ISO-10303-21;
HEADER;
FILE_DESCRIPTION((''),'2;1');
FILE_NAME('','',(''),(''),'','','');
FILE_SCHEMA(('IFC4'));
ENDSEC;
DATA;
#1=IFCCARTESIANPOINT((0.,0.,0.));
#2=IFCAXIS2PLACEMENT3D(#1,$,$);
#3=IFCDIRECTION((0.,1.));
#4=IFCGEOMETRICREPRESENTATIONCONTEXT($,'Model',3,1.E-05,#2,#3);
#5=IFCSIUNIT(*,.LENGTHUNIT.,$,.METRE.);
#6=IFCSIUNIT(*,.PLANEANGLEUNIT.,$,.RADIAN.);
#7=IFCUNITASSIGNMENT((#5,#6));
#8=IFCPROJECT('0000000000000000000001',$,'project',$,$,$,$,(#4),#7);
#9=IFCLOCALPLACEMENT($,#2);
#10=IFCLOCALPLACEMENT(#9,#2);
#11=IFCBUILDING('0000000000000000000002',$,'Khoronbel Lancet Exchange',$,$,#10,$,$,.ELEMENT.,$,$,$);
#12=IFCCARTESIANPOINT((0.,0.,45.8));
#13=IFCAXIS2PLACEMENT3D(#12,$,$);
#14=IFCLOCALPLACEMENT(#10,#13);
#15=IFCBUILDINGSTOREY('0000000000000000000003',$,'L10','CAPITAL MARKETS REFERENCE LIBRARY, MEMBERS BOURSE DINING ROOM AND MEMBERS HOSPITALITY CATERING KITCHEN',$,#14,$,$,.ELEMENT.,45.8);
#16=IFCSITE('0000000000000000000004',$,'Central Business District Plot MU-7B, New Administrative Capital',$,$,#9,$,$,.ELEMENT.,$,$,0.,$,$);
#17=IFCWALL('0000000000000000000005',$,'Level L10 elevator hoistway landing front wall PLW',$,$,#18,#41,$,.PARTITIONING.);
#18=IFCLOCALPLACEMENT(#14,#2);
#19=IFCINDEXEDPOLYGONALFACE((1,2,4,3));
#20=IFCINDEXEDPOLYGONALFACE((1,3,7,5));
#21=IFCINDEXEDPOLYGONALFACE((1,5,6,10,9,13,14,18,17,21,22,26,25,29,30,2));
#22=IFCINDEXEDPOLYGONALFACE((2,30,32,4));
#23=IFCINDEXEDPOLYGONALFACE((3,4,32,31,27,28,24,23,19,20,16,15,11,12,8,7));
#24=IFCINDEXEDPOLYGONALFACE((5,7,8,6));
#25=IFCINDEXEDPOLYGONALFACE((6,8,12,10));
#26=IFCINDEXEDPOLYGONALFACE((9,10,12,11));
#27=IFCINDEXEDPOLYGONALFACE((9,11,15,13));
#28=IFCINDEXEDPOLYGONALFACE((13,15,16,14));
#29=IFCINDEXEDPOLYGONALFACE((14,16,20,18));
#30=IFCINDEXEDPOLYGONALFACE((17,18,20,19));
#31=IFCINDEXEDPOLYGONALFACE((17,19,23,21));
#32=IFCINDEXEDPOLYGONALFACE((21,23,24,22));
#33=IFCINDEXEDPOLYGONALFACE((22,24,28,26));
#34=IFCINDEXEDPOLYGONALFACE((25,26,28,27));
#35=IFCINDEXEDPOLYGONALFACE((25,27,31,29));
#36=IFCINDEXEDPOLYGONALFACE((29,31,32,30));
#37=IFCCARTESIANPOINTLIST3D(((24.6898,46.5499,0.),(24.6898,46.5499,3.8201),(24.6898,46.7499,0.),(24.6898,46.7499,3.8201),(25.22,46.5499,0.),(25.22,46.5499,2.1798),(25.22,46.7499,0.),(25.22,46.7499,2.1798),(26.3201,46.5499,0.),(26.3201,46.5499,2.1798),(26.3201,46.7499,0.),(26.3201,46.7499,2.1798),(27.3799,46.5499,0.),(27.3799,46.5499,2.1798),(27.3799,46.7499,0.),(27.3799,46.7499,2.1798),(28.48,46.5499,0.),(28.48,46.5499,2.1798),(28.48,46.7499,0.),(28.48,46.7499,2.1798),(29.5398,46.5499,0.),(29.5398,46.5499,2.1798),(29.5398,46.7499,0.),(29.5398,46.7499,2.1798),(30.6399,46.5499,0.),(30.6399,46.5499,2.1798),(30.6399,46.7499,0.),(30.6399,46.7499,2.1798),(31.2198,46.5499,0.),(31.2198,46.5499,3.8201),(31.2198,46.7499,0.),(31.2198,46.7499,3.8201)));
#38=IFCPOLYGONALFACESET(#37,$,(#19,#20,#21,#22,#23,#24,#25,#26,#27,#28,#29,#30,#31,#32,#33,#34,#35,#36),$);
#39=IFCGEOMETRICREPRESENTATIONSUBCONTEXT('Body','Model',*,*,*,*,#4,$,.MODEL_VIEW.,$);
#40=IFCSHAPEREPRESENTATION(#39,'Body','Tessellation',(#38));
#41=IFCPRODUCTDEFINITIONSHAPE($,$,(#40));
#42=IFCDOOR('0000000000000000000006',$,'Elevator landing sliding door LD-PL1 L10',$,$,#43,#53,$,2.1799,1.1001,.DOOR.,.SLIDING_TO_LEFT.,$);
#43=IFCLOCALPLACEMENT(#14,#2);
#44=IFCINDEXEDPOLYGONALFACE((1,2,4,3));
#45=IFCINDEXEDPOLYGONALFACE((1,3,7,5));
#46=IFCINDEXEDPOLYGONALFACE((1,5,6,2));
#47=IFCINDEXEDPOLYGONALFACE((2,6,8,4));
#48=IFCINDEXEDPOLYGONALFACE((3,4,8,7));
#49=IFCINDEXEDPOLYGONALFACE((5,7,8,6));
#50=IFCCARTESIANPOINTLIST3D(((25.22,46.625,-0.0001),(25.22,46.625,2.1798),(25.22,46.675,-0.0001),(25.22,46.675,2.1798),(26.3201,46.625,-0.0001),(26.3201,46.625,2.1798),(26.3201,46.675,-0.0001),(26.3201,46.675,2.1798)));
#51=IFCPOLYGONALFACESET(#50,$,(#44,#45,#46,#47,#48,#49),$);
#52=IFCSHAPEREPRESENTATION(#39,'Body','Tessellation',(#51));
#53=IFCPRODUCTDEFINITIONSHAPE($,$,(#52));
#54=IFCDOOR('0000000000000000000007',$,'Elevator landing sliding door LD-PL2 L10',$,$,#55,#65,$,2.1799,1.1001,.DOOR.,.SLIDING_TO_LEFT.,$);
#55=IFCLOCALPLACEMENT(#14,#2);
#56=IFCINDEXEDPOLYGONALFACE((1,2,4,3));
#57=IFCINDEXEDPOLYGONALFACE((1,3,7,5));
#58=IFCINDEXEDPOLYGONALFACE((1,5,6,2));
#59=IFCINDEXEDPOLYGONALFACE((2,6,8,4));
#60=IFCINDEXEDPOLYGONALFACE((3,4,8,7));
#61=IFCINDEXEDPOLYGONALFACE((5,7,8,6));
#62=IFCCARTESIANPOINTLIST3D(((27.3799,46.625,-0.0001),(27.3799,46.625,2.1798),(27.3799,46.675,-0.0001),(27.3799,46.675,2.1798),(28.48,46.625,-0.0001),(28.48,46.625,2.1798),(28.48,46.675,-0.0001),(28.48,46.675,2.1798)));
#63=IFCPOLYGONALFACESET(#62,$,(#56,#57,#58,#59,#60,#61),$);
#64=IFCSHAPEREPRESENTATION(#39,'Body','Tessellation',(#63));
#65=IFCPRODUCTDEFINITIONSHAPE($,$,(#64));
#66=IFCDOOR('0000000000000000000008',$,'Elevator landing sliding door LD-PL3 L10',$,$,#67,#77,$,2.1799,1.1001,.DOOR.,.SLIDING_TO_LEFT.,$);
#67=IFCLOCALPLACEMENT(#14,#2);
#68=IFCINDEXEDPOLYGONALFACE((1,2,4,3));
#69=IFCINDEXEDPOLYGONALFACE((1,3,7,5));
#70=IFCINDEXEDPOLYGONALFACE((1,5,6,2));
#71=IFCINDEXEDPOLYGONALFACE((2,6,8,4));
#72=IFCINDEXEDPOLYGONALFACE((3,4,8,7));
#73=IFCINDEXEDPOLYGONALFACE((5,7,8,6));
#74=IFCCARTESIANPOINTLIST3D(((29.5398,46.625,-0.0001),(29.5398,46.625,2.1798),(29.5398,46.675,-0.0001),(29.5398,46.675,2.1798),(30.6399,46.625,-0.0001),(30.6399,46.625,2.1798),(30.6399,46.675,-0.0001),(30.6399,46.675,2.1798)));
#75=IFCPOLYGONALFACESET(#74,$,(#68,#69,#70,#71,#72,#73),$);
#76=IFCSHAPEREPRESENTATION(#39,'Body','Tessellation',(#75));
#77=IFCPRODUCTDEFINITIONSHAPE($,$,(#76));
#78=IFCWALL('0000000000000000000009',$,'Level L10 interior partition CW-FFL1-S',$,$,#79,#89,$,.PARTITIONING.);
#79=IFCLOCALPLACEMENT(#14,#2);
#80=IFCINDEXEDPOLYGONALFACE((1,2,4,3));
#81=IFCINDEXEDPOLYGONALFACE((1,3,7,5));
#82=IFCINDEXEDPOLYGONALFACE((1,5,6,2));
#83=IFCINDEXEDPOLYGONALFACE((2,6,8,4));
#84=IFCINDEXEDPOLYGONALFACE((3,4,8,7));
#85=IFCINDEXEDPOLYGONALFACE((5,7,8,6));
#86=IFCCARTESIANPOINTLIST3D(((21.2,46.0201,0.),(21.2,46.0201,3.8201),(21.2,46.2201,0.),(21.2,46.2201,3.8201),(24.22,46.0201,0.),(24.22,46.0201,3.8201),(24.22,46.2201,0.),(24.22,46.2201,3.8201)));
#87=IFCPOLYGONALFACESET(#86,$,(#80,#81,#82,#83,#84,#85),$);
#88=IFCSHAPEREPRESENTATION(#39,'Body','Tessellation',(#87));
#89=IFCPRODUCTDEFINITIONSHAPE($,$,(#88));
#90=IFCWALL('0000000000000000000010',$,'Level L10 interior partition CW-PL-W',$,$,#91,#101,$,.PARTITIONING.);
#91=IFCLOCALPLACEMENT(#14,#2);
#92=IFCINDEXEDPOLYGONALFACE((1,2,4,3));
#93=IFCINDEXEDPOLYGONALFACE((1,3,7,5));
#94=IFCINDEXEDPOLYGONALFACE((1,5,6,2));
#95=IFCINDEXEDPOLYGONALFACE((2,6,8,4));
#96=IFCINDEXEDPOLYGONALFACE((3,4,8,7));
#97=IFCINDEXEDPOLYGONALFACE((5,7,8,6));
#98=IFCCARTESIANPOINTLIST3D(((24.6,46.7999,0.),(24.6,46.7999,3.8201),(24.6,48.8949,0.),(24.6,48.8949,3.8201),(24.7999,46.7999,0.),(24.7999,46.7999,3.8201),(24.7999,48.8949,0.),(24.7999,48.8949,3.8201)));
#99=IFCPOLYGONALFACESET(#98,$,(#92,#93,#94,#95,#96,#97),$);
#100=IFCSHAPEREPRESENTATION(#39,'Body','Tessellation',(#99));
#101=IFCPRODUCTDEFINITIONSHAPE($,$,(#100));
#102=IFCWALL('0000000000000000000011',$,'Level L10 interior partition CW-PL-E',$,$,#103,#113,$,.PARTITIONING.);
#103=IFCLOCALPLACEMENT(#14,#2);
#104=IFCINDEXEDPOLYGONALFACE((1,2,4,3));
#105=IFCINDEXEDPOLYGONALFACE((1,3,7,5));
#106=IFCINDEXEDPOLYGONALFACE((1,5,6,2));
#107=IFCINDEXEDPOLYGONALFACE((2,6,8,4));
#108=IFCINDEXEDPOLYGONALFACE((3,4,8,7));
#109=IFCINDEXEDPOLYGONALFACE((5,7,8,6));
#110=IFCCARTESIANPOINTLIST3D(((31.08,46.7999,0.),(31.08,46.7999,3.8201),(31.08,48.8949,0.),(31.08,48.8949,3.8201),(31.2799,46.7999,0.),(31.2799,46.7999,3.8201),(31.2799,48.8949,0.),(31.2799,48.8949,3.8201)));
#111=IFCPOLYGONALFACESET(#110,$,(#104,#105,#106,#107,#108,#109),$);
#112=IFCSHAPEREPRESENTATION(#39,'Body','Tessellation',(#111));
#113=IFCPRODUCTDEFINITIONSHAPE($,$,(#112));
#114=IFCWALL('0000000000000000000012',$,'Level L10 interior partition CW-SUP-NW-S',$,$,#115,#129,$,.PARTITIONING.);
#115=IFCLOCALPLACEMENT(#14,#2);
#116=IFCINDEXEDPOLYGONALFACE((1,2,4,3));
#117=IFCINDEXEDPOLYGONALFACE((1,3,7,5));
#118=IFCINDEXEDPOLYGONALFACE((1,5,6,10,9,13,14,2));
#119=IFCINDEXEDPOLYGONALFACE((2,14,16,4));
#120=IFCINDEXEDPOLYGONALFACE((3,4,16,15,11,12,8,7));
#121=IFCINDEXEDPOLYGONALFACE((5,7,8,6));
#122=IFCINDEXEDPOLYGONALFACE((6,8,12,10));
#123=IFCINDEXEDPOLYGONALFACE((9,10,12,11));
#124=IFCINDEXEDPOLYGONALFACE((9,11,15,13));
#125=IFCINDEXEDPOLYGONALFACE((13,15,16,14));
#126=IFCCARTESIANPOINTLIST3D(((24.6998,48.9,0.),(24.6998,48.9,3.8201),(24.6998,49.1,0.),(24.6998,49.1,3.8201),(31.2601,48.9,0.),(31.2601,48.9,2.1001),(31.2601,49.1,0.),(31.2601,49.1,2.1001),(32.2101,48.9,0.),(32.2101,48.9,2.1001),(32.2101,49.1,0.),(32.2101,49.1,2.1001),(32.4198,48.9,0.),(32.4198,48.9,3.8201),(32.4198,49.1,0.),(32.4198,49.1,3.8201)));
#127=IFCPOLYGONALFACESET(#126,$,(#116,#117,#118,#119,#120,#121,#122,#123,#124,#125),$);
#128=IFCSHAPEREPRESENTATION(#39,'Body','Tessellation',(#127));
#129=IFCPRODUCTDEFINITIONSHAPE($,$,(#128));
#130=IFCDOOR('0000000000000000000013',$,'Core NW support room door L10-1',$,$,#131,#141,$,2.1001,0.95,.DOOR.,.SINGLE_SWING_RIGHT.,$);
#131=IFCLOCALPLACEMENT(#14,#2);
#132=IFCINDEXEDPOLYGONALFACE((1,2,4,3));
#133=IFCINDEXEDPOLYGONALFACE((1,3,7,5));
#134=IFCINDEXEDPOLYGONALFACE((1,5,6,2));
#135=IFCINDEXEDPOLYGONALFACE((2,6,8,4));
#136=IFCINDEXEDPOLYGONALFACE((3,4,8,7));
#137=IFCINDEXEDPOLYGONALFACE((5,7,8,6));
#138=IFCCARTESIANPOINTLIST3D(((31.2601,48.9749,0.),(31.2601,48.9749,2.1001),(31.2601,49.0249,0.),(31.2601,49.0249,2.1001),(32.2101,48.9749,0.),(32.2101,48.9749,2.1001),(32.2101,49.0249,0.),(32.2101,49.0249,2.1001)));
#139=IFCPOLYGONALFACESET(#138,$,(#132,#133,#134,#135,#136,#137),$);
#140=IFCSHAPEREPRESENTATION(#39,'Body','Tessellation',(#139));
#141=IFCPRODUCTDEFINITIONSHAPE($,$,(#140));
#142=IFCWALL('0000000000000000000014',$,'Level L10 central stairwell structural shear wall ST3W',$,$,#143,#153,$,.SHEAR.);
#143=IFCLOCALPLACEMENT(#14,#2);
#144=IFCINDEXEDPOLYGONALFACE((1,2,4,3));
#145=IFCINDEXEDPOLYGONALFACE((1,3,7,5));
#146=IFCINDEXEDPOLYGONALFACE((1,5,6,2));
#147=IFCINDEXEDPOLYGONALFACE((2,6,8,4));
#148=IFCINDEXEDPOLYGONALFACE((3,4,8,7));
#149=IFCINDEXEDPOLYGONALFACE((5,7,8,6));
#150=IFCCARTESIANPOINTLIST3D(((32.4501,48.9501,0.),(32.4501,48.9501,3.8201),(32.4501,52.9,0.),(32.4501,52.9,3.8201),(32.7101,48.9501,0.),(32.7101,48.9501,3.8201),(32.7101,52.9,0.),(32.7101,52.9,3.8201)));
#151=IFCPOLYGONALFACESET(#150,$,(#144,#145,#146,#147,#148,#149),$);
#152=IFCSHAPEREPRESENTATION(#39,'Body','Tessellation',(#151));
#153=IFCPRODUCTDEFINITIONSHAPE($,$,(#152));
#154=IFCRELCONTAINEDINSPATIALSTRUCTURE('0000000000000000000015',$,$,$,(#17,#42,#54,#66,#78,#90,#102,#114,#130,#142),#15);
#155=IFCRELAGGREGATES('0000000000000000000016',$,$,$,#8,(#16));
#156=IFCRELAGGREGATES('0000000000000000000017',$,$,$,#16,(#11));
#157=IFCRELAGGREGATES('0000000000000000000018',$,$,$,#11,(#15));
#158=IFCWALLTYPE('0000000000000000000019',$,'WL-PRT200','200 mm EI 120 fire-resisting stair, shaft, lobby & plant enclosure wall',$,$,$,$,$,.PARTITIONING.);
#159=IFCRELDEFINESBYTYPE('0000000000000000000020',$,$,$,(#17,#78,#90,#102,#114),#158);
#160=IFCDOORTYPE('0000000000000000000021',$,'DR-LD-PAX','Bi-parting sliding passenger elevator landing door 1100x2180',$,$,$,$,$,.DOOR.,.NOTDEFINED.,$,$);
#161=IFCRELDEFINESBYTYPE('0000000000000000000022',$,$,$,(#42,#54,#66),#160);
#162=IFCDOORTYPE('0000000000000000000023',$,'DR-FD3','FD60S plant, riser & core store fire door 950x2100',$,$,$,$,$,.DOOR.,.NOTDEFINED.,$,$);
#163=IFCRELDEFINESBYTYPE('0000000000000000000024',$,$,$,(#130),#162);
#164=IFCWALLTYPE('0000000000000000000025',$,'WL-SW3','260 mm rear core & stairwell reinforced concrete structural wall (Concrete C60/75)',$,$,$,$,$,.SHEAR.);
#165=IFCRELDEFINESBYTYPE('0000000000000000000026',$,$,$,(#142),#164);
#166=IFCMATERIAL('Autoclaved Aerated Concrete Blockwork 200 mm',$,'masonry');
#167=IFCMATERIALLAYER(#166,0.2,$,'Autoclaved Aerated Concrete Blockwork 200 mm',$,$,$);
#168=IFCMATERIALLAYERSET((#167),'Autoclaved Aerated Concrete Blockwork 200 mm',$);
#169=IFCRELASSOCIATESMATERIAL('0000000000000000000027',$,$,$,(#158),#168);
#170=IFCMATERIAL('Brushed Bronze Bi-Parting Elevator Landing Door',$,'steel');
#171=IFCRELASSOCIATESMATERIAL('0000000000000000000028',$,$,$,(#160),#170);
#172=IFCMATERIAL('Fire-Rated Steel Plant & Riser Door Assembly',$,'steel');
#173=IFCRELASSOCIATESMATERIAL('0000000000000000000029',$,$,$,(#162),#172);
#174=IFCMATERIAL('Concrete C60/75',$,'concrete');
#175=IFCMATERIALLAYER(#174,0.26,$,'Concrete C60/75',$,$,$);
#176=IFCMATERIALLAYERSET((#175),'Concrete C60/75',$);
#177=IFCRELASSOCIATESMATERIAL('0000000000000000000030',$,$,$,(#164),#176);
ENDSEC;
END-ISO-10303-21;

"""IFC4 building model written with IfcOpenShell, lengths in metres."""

from ifc_helpers import new_model, si_unit, direction, frame, frame_2d, origin, place, context, subcontext, project, spatial, rectangle, extrude, material, layer, layer_set, type_object, element, fill, save


model = new_model("IFC4")

# Units and contexts
model_context = context("Model", 3, precision=1e-05, world=origin(), true_north=direction((0.0, 1.0)))
body_context = subcontext(model_context, "Body", "Model", "MODEL_VIEW")
ifc_project = project(units=[si_unit("LENGTHUNIT", "METRE"), si_unit("PLANEANGLEUNIT", "RADIAN")], contexts=[model_context])

# Site, building, storey
site_placement = place(None, origin())
site = spatial("IfcSite", under=ifc_project, at=site_placement, Name="Central Business District Plot MU-7B, New Administrative Capital", CompositionType="ELEMENT", RefElevation=0.0)
building_placement = place(site_placement, origin())
building = spatial("IfcBuilding", under=site, at=building_placement, Name="Khoronbel Lancet Exchange", CompositionType="ELEMENT")
storey_placement = place(building_placement, frame((0.0, 0.0, 45.8)))
storey = spatial("IfcBuildingStorey", under=building, at=storey_placement, Name="L10", Description="CAPITAL MARKETS REFERENCE LIBRARY, MEMBERS BOURSE DINING ROOM AND MEMBERS HOSPITALITY CATERING KITCHEN", CompositionType="ELEMENT", Elevation=45.8)

# Shared definitions
ifc_material_1 = material(Name="Autoclaved Aerated Concrete Blockwork 200 mm", Category="masonry")
ifc_layer_1 = layer(ifc_material_1, 0.2, Name="Autoclaved Aerated Concrete Blockwork 200 mm")
ifc_layer_set_1 = layer_set([ifc_layer_1], Name="Autoclaved Aerated Concrete Blockwork 200 mm")
wall_type_1 = type_object("IfcWallType", Name="WL-PRT200", Description="200 mm EI 120 fire-resisting stair, shaft, lobby & plant enclosure wall", PredefinedType="PARTITIONING", material=ifc_layer_set_1)

# Wall, openings, doors
wall_1_placement = place(storey_placement, frame((31.22, 46.6499, 0.0), z_axis=(0.0, 0.0, 1.0), x_axis=(-1.0, 0.0, 0.0)))
wall_1 = element("IfcWall", 1, at=wall_1_placement, inside=storey, type_object=wall_type_1, Name="Level L10 elevator hoistway landing front wall PLW", PredefinedType="PARTITIONING", context=body_context, shape_type="SweptSolid", body=[
    extrude(rectangle(XDim=6.53, YDim=0.2, at=frame_2d((3.2651, 0.0))), origin(), (0.0, 0.0, 1.0), 3.8201),
])
opening_1_placement = place(wall_1_placement, frame((4.8999, 0.0, 0.0)))
opening_1 = element("IfcOpeningElement", 2, at=opening_1_placement, cuts=wall_1, PredefinedType="OPENING", context=body_context, shape_type="SweptSolid", body=[
    extrude(rectangle(XDim=1.1001, YDim=2.1799, at=frame_2d((0.55, 1.0898))), frame((0.0, 0.1099, 0.0), z_axis=(0.0, -1.0, 0.0), x_axis=(1.0, 0.0, 0.0)), (0.0, 0.0, 1.0), 0.22),
])
opening_2_placement = place(wall_1_placement, frame((2.74, 0.0, 0.0)))
opening_2 = element("IfcOpeningElement", 3, at=opening_2_placement, cuts=wall_1, PredefinedType="OPENING", context=body_context, shape_type="SweptSolid", body=[
    extrude(rectangle(XDim=1.1001, YDim=2.1799, at=frame_2d((0.55, 1.0898))), frame((0.0, 0.1099, 0.0), z_axis=(0.0, -1.0, 0.0), x_axis=(1.0, 0.0, 0.0)), (0.0, 0.0, 1.0), 0.22),
])
opening_3_placement = place(wall_1_placement, frame((0.5801, 0.0, 0.0)))
opening_3 = element("IfcOpeningElement", 4, at=opening_3_placement, cuts=wall_1, PredefinedType="OPENING", context=body_context, shape_type="SweptSolid", body=[
    extrude(rectangle(XDim=1.1001, YDim=2.1799, at=frame_2d((0.55, 1.0898))), frame((0.0, 0.1099, 0.0), z_axis=(0.0, -1.0, 0.0), x_axis=(1.0, 0.0, 0.0)), (0.0, 0.0, 1.0), 0.22),
])
ifc_material_2 = material(Name="Brushed Bronze Bi-Parting Elevator Landing Door", Category="steel")
door_type_1 = type_object("IfcDoorType", Name="DR-LD-PAX", Description="Bi-parting sliding passenger elevator landing door 1100x2180", OperationType="NOTDEFINED", PredefinedType="DOOR", material=ifc_material_2)
door_1_placement = place(opening_1_placement, origin())
door_1 = element("IfcDoor", 5, at=door_1_placement, inside=storey, type_object=door_type_1, Name="Elevator landing sliding door LD-PL1 L10", OperationType="SLIDING_TO_LEFT", OverallHeight=2.1799, OverallWidth=1.1001, PredefinedType="DOOR", context=body_context, shape_type="SweptSolid", body=[
    extrude(rectangle(XDim=1.1001, YDim=2.1799, at=frame_2d((0.55, 1.0898))), frame((0.0, 0.0249, 0.0), z_axis=(0.0, -1.0, 0.0), x_axis=(1.0, 0.0, 0.0)), (0.0, 0.0, 1.0), 0.05),
])
fill(opening_1, door_1)
door_2_placement = place(opening_2_placement, origin())
door_2 = element("IfcDoor", 6, at=door_2_placement, inside=storey, type_object=door_type_1, Name="Elevator landing sliding door LD-PL2 L10", OperationType="SLIDING_TO_LEFT", OverallHeight=2.1799, OverallWidth=1.1001, PredefinedType="DOOR", context=body_context, shape_type="SweptSolid", body=[
    extrude(rectangle(XDim=1.1001, YDim=2.1799, at=frame_2d((0.55, 1.0898))), frame((0.0, 0.0249, 0.0), z_axis=(0.0, -1.0, 0.0), x_axis=(1.0, 0.0, 0.0)), (0.0, 0.0, 1.0), 0.05),
])
fill(opening_2, door_2)
door_3_placement = place(opening_3_placement, origin())
door_3 = element("IfcDoor", 7, at=door_3_placement, inside=storey, type_object=door_type_1, Name="Elevator landing sliding door LD-PL3 L10", OperationType="SLIDING_TO_LEFT", OverallHeight=2.1799, OverallWidth=1.1001, PredefinedType="DOOR", context=body_context, shape_type="SweptSolid", body=[
    extrude(rectangle(XDim=1.1001, YDim=2.1799, at=frame_2d((0.55, 1.0898))), frame((0.0, 0.0249, 0.0), z_axis=(0.0, -1.0, 0.0), x_axis=(1.0, 0.0, 0.0)), (0.0, 0.0, 1.0), 0.05),
])
fill(opening_3, door_3)

# Walls
wall_2_placement = place(storey_placement, frame((21.2, 46.1201, 0.0), z_axis=(0.0, 0.0, 1.0), x_axis=(1.0, 0.0, 0.0)))
element("IfcWall", 8, at=wall_2_placement, inside=storey, type_object=wall_type_1, Name="Level L10 interior partition CW-FFL1-S", PredefinedType="PARTITIONING", context=body_context, shape_type="SweptSolid", body=[
    extrude(rectangle(XDim=3.02, YDim=0.2, at=frame_2d((1.51, 0.0))), origin(), (0.0, 0.0, 1.0), 3.8201),
])
for number, where, z_axis, x_axis, name in (
    (9, (24.7, 46.8, 0.0), (0.0, 0.0, 1.0), (0.0, 1.0, 0.0), "Level L10 interior partition CW-PL-W"),
    (10, (31.1799, 46.8, 0.0), (0.0, 0.0, 1.0), (0.0, 1.0, 0.0), "Level L10 interior partition CW-PL-E"),
):
    element("IfcWall", number, at=place(storey_placement, frame(where, z_axis=z_axis, x_axis=x_axis)), inside=storey, type_object=wall_type_1, Name=name, PredefinedType="PARTITIONING", context=body_context, shape_type="SweptSolid", body=[
        extrude(rectangle(XDim=2.095, YDim=0.2, at=frame_2d((1.0474, 0.0))), origin(), (0.0, 0.0, 1.0), 3.8201),
    ])

# Wall, opening, door
wall_3_placement = place(storey_placement, frame((24.7, 49.0, 0.0), z_axis=(0.0, 0.0, 1.0), x_axis=(1.0, 0.0, 0.0)))
wall_3 = element("IfcWall", 11, at=wall_3_placement, inside=storey, type_object=wall_type_1, Name="Level L10 interior partition CW-SUP-NW-S", PredefinedType="PARTITIONING", context=body_context, shape_type="SweptSolid", body=[
    extrude(rectangle(XDim=7.72, YDim=0.2, at=frame_2d((3.8599, 0.0))), origin(), (0.0, 0.0, 1.0), 3.8201),
])
opening_4_placement = place(wall_3_placement, frame((6.5601, 0.0, 0.0)))
opening_4 = element("IfcOpeningElement", 12, at=opening_4_placement, cuts=wall_3, PredefinedType="OPENING", context=body_context, shape_type="SweptSolid", body=[
    extrude(rectangle(XDim=0.95, YDim=2.1001, at=frame_2d((0.4751, 1.05))), frame((0.0, 0.1099, 0.0), z_axis=(0.0, -1.0, 0.0), x_axis=(1.0, 0.0, 0.0)), (0.0, 0.0, 1.0), 0.22),
])
ifc_material_3 = material(Name="Fire-Rated Steel Plant & Riser Door Assembly", Category="steel")
door_type_2 = type_object("IfcDoorType", Name="DR-FD3", Description="FD60S plant, riser & core store fire door 950x2100", OperationType="NOTDEFINED", PredefinedType="DOOR", material=ifc_material_3)
door_4_placement = place(opening_4_placement, origin())
door_4 = element("IfcDoor", 13, at=door_4_placement, inside=storey, type_object=door_type_2, Name="Core NW support room door L10-1", OperationType="SINGLE_SWING_RIGHT", OverallHeight=2.1001, OverallWidth=0.95, PredefinedType="DOOR", context=body_context, shape_type="SweptSolid", body=[
    extrude(rectangle(XDim=0.95, YDim=2.1001, at=frame_2d((0.4751, 1.05))), frame((0.0, 0.0249, 0.0), z_axis=(0.0, -1.0, 0.0), x_axis=(1.0, 0.0, 0.0)), (0.0, 0.0, 1.0), 0.05),
])
fill(opening_4, door_4)

# Wall
ifc_material_4 = material(Name="Concrete C60/75", Category="concrete")
ifc_layer_2 = layer(ifc_material_4, 0.26, Name="Concrete C60/75")
ifc_layer_set_2 = layer_set([ifc_layer_2], Name="Concrete C60/75")
wall_type_2 = type_object("IfcWallType", Name="WL-SW3", Description="260 mm rear core & stairwell reinforced concrete structural wall (Concrete C60/75)", PredefinedType="SHEAR", material=ifc_layer_set_2)
wall_4_placement = place(storey_placement, frame((32.5801, 48.95, 0.0), z_axis=(0.0, 0.0, 1.0), x_axis=(0.0, 1.0, 0.0)))
element("IfcWall", 14, at=wall_4_placement, inside=storey, type_object=wall_type_2, Name="Level L10 central stairwell structural shear wall ST3W", PredefinedType="SHEAR", context=body_context, shape_type="SweptSolid", body=[
    extrude(rectangle(XDim=3.95, YDim=0.26, at=frame_2d((1.9751, 0.0))), origin(), (0.0, 0.0, 1.0), 3.8201),
])

save(model, "model.ifc")
